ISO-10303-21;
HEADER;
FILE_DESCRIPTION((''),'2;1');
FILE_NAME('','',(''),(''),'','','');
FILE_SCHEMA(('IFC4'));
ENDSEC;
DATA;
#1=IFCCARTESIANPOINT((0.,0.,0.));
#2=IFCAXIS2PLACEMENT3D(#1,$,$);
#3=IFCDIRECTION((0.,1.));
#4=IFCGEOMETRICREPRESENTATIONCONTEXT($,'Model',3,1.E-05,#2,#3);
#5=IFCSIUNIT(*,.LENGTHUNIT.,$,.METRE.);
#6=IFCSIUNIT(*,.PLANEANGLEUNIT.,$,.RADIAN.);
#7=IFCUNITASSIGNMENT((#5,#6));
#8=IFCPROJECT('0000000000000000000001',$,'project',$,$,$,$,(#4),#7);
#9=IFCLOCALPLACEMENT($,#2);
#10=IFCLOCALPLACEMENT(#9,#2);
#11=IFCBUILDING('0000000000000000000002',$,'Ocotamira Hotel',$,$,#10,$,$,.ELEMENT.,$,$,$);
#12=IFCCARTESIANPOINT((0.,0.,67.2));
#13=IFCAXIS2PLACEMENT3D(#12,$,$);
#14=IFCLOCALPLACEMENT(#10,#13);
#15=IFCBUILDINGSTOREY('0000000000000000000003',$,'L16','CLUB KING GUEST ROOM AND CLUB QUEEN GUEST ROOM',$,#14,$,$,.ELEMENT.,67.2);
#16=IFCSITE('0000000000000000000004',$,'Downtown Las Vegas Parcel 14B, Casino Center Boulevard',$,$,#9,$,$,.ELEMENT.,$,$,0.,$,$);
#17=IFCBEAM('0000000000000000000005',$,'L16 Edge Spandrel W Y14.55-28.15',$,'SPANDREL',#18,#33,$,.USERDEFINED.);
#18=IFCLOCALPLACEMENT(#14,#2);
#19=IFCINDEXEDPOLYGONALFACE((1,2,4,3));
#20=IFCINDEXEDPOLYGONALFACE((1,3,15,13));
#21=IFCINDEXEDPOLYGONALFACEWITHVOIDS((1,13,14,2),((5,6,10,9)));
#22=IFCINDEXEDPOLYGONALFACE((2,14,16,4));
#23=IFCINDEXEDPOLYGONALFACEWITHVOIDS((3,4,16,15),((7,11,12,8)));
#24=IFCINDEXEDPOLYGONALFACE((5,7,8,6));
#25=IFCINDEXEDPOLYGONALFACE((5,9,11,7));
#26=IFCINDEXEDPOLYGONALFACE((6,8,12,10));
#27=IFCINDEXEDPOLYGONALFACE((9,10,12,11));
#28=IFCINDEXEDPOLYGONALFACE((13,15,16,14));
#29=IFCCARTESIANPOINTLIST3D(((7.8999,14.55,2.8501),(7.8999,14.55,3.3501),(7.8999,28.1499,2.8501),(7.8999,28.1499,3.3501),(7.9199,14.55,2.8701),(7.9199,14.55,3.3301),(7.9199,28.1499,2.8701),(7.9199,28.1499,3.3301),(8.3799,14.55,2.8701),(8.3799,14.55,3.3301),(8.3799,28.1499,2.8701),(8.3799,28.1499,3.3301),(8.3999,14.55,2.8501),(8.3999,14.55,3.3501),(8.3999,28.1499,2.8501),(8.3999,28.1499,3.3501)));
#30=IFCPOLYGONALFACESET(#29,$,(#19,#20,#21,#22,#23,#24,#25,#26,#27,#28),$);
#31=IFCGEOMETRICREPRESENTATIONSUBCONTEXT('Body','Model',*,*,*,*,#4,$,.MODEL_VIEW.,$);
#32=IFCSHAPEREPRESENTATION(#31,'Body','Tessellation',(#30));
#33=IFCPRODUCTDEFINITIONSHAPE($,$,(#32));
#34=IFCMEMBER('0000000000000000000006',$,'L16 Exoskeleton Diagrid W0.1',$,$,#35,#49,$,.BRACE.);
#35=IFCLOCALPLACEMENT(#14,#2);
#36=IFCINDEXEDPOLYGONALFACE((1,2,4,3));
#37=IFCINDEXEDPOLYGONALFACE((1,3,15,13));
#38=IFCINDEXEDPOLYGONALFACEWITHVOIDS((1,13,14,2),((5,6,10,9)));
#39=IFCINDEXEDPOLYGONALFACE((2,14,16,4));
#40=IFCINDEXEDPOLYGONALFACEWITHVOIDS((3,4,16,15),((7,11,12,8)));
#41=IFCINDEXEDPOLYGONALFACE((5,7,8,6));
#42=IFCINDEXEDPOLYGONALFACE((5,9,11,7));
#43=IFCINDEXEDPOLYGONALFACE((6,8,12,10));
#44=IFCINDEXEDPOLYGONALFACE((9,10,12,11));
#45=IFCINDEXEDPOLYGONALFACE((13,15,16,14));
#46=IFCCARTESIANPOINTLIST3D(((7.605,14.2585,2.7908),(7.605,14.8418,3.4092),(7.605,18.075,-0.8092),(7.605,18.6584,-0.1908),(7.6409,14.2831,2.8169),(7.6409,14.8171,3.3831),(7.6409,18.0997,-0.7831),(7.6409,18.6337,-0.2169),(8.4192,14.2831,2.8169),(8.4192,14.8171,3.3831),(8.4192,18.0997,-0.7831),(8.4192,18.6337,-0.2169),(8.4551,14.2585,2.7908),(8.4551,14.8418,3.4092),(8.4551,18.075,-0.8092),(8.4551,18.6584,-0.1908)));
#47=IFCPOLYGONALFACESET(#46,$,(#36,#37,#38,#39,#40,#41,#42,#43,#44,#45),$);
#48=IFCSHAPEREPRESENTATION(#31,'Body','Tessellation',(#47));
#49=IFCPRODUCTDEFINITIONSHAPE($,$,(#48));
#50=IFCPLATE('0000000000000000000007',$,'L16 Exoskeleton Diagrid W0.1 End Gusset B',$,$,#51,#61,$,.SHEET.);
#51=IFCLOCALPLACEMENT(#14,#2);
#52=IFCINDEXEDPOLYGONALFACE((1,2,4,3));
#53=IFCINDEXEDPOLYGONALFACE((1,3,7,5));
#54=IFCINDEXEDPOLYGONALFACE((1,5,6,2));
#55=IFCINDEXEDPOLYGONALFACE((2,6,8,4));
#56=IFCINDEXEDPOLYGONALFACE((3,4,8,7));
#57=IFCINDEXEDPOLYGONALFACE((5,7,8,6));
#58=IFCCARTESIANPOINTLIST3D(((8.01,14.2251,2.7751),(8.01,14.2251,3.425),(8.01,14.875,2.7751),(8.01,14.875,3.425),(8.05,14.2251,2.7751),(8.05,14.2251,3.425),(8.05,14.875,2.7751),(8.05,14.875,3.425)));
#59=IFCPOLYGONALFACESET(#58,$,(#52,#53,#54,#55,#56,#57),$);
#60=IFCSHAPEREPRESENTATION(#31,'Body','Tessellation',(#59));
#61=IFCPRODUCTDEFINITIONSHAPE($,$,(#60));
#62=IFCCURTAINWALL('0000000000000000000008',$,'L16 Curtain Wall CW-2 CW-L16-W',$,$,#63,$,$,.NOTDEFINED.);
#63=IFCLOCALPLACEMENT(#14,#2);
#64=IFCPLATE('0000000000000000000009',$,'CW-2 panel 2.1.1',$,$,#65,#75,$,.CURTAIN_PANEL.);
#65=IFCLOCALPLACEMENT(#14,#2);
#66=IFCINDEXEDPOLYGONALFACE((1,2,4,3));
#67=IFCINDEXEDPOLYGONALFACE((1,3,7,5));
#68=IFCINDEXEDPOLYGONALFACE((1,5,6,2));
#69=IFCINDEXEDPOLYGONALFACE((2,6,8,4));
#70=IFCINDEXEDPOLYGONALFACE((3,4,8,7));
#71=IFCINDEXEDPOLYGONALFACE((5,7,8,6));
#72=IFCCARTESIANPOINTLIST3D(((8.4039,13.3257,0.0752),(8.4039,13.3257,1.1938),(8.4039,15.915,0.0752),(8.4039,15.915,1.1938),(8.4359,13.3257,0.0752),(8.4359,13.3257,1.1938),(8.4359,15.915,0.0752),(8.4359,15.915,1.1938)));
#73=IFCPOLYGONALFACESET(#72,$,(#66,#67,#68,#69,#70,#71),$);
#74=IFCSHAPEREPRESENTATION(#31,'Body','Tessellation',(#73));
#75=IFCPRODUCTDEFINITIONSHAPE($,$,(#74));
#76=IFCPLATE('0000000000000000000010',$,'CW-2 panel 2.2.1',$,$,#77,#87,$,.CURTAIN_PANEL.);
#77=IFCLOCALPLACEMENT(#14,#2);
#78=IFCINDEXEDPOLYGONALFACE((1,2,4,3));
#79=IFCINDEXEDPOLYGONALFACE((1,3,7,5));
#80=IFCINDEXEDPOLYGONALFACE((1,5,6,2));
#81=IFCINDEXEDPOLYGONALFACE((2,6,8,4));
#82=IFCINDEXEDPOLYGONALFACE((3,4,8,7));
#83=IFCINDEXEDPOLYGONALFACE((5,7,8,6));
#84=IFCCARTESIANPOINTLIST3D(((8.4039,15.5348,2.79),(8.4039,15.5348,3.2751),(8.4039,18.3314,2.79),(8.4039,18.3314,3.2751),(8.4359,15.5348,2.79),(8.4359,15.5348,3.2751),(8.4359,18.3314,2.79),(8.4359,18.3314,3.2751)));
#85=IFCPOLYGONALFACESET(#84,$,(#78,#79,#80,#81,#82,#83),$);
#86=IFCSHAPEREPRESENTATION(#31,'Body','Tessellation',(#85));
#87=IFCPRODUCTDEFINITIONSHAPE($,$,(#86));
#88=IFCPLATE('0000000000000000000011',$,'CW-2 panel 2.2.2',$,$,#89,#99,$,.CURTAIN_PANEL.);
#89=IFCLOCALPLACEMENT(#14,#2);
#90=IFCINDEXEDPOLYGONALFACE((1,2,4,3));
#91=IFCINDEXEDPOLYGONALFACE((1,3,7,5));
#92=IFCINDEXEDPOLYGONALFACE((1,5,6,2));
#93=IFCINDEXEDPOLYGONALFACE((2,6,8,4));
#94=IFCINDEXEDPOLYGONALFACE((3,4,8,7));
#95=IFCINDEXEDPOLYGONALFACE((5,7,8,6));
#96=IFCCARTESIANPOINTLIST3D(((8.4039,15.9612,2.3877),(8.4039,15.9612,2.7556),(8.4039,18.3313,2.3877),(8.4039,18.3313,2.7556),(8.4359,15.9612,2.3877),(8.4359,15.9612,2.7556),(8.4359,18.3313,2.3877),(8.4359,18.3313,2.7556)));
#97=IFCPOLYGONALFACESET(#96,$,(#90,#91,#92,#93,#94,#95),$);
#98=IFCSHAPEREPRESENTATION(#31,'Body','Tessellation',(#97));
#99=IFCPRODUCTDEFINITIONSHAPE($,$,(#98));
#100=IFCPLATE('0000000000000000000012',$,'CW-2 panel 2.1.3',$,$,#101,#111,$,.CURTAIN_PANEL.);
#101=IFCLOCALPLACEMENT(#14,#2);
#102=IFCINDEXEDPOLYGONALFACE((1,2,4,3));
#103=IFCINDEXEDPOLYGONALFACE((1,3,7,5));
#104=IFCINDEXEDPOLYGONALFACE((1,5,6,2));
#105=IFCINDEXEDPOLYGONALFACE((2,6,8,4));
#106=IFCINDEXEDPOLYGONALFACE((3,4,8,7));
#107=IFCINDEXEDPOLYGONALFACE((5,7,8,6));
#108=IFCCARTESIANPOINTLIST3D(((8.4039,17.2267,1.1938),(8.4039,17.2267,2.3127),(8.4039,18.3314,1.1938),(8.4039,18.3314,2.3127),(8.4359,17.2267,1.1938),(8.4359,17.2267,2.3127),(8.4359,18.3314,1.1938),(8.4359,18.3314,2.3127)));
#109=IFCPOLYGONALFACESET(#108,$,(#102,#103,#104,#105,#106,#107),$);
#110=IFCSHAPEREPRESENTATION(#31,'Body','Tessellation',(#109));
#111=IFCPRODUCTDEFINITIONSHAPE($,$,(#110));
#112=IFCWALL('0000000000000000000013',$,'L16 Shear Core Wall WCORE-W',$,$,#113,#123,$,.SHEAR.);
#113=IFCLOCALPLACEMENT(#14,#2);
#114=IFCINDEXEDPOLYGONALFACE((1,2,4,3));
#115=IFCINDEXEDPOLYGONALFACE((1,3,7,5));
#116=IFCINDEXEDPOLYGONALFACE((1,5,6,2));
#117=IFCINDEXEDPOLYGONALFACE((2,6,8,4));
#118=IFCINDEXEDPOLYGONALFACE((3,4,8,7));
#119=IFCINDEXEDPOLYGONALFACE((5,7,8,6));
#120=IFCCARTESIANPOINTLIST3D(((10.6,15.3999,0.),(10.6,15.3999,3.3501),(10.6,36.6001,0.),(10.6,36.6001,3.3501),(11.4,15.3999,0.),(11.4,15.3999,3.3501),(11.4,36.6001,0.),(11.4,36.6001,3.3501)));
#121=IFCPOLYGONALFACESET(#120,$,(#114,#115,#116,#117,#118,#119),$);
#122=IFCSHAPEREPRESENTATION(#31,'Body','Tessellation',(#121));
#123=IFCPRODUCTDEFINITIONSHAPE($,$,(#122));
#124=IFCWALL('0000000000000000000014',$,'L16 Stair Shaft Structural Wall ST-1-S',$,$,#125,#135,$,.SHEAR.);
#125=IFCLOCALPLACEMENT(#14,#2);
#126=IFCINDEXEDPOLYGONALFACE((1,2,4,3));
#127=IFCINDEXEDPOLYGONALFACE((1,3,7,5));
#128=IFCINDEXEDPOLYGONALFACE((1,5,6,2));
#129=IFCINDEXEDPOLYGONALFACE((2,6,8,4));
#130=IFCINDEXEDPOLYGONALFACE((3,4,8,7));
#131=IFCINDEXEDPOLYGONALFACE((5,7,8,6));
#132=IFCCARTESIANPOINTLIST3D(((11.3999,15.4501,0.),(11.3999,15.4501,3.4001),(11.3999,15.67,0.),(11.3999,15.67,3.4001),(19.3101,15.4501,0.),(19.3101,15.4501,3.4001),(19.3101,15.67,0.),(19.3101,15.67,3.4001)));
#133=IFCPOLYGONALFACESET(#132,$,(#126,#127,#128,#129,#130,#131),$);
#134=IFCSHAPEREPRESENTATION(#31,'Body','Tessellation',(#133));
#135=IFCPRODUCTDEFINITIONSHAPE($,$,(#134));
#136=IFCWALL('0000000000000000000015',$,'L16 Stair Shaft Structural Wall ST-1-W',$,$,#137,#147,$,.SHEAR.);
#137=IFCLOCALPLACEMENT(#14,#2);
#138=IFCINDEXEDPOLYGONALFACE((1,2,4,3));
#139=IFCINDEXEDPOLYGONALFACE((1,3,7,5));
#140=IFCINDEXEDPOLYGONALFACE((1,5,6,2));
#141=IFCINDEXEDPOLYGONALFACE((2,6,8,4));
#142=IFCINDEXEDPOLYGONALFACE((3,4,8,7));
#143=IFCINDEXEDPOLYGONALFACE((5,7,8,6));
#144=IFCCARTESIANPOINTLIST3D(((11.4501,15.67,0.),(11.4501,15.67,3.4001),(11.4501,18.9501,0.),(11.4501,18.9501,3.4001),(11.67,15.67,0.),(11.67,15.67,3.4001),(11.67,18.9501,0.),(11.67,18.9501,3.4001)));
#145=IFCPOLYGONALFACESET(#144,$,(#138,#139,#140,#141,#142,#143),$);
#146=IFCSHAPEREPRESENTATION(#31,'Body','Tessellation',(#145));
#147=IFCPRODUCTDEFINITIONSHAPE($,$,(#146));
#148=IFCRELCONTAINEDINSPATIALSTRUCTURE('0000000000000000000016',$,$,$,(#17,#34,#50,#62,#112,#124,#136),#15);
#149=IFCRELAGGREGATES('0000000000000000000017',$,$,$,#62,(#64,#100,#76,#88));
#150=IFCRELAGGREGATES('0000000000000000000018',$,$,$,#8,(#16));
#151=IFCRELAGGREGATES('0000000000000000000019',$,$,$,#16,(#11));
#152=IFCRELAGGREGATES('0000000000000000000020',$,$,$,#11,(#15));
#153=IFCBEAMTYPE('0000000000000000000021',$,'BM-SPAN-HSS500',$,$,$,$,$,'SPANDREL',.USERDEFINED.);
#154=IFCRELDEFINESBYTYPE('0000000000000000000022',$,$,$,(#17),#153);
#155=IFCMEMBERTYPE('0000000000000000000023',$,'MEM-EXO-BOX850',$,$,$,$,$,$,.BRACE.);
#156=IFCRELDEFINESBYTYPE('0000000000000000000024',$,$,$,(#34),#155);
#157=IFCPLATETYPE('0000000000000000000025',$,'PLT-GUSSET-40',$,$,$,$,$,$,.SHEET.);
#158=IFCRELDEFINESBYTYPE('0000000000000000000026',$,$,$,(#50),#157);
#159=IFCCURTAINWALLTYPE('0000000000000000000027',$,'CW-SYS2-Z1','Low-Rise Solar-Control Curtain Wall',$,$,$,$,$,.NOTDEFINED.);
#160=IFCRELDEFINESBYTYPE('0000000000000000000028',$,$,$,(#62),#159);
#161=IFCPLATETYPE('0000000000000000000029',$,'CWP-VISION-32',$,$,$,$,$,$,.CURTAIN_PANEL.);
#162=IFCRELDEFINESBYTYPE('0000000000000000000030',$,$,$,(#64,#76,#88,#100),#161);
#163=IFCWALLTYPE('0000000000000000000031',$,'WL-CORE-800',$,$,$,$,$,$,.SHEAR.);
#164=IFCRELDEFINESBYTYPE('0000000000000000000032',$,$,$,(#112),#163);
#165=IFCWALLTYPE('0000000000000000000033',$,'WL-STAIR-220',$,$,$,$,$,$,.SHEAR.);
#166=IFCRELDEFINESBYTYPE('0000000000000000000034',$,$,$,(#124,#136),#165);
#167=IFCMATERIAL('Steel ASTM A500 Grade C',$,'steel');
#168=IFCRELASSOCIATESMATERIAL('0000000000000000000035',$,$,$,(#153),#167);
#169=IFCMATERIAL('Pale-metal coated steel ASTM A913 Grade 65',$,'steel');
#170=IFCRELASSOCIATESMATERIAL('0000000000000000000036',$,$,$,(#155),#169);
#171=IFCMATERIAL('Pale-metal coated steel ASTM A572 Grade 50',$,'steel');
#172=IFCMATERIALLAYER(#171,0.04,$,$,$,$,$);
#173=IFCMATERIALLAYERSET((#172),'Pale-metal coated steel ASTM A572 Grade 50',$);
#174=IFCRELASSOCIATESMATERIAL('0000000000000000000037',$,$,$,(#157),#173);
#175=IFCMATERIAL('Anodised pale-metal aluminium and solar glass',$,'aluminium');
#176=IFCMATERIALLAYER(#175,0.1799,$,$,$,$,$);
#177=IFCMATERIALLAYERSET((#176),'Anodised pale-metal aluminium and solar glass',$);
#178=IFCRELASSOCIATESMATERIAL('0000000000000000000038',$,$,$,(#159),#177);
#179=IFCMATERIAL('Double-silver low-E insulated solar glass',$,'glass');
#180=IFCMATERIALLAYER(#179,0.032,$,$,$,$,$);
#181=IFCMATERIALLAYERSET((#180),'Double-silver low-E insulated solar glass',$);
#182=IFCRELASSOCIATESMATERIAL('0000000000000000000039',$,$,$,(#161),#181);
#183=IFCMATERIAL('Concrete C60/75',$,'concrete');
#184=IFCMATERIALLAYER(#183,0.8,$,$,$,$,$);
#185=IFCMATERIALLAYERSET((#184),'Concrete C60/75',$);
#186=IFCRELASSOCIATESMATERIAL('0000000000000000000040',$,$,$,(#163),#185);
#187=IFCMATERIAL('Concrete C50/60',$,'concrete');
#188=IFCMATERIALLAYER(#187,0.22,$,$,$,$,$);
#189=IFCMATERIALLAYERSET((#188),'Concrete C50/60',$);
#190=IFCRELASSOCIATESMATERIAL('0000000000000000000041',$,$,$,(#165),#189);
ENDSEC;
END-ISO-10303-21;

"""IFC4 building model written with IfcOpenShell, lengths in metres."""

from ifc_helpers import new_model, si_unit, direction, frame, frame_2d, origin, origin_2d, place, context, subcontext, project, spatial, rectangle, hollow_rectangle, extrude, source, transform, mapped, material, layer, layer_set, material_profile, profile_set, type_object, element, aggregate, save


model = new_model("IFC4")

# Units and contexts
model_context = context("Model", 3, precision=1e-05, world=origin(), true_north=direction((0.0, 1.0)))
body_context = subcontext(model_context, "Body", "Model", "MODEL_VIEW")
ifc_project = project(units=[si_unit("LENGTHUNIT", "METRE"), si_unit("PLANEANGLEUNIT", "RADIAN")], contexts=[model_context])

# Site, building, storey
site_placement = place(None, origin())
site = spatial("IfcSite", under=ifc_project, at=site_placement, Name="Downtown Las Vegas Parcel 14B, Casino Center Boulevard", CompositionType="ELEMENT", RefElevation=0.0)
building_placement = place(site_placement, origin())
building = spatial("IfcBuilding", under=site, at=building_placement, Name="Ocotamira Hotel", CompositionType="ELEMENT")
storey_placement = place(building_placement, frame((0.0, 0.0, 67.2)))
storey = spatial("IfcBuildingStorey", under=building, at=storey_placement, Name="L16", Description="CLUB KING GUEST ROOM AND CLUB QUEEN GUEST ROOM", CompositionType="ELEMENT", Elevation=67.2)

# Beam
ifc_material_1 = material(Name="Steel ASTM A500 Grade C", Category="steel")
ifc_material_profile_1 = material_profile(ifc_material_1, hollow_rectangle(XDim=0.5, YDim=0.5, WallThickness=0.02, at=origin_2d()), Name="HSS500X500X20")
ifc_profile_set_1 = profile_set([ifc_material_profile_1], Name="Steel ASTM A500 Grade C")
beam_type_1 = type_object("IfcBeamType", Name="BM-SPAN-HSS500", ElementType="SPANDREL", PredefinedType="USERDEFINED", material=ifc_profile_set_1)
shared_shape_1 = source(origin(), body_context, "Body", "SweptSolid", [
    extrude(hollow_rectangle(XDim=0.5, YDim=0.5, WallThickness=0.02, at=origin_2d()), origin(), (0.0, 0.0, 1.0), 13.5999),
])
beam_1_placement = place(storey_placement, frame((8.1499, 14.55, 3.1001), z_axis=(0.0, 1.0, 0.0), x_axis=(-1.0, 0.0, 0.0)))
element("IfcBeam", 1, at=beam_1_placement, inside=storey, type_object=beam_type_1, Name="L16 Edge Spandrel W Y14.55-28.15", ObjectType="SPANDREL", PredefinedType="USERDEFINED", context=body_context, shape_type="MappedRepresentation", body=[
    mapped(shared_shape_1, transform((0.0, 0.0, 0.0), scale=1.0)),
])

# Member
ifc_material_2 = material(Name="Pale-metal coated steel ASTM A913 Grade 65", Category="steel")
ifc_material_profile_2 = material_profile(ifc_material_2, hollow_rectangle(XDim=0.8501, YDim=0.8501, WallThickness=0.0359, at=origin_2d()), Name="BOX850X850X36")
ifc_profile_set_2 = profile_set([ifc_material_profile_2], Name="Pale-metal coated steel ASTM A913 Grade 65")
member_type = type_object("IfcMemberType", Name="MEM-EXO-BOX850", PredefinedType="BRACE", material=ifc_profile_set_2)
shared_shape_2 = source(origin(), body_context, "Body", "SweptSolid", [
    extrude(hollow_rectangle(XDim=0.8501, YDim=0.8501, WallThickness=0.0359, at=origin_2d()), origin(), (0.0, 0.0, 1.0), 5.2466),
])
member_placement = place(storey_placement, frame((8.03, 18.3667, -0.5), z_axis=(0.0, -0.727443, 0.686168), x_axis=(1.0, 0.0, 0.0)))
element("IfcMember", 2, at=member_placement, inside=storey, type_object=member_type, Name="L16 Exoskeleton Diagrid W0.1", PredefinedType="BRACE", context=body_context, shape_type="MappedRepresentation", body=[
    mapped(shared_shape_2, transform((0.0, 0.0, 0.0), scale=1.0)),
])

# Plate
ifc_material_3 = material(Name="Pale-metal coated steel ASTM A572 Grade 50", Category="steel")
ifc_layer_1 = layer(ifc_material_3, 0.04)
ifc_layer_set_1 = layer_set([ifc_layer_1], Name="Pale-metal coated steel ASTM A572 Grade 50")
plate_type_1 = type_object("IfcPlateType", Name="PLT-GUSSET-40", PredefinedType="SHEET", material=ifc_layer_set_1)
shared_shape_3 = source(origin(), body_context, "Body", "SweptSolid", [
    extrude(rectangle(XDim=0.04, YDim=0.6499, at=origin_2d()), origin(), (0.0, 0.0, 1.0), 0.6499),
])
plate_1_placement = place(storey_placement, frame((8.03, 14.55, 2.7751), z_axis=(0.0, 0.0, 1.0), x_axis=(1.0, 0.0, 0.0)))
element("IfcPlate", 3, at=plate_1_placement, inside=storey, type_object=plate_type_1, Name="L16 Exoskeleton Diagrid W0.1 End Gusset B", PredefinedType="SHEET", context=body_context, shape_type="MappedRepresentation", body=[
    mapped(shared_shape_3, transform((0.0, 0.0, 0.0), scale=1.0)),
])

# Curtain wall, plates
ifc_material_4 = material(Name="Anodised pale-metal aluminium and solar glass", Category="aluminium")
ifc_layer_2 = layer(ifc_material_4, 0.1799)
ifc_layer_set_2 = layer_set([ifc_layer_2], Name="Anodised pale-metal aluminium and solar glass")
curtain_wall_type = type_object("IfcCurtainWallType", Name="CW-SYS2-Z1", Description="Low-Rise Solar-Control Curtain Wall", PredefinedType="NOTDEFINED", material=ifc_layer_set_2)
curtain_wall_placement = place(storey_placement, origin())
curtain_wall = element("IfcCurtainWall", 4, at=curtain_wall_placement, inside=storey, type_object=curtain_wall_type, Name="L16 Curtain Wall CW-2 CW-L16-W", PredefinedType="NOTDEFINED")
ifc_material_5 = material(Name="Double-silver low-E insulated solar glass", Category="glass")
ifc_layer_3 = layer(ifc_material_5, 0.032)
ifc_layer_set_3 = layer_set([ifc_layer_3], Name="Double-silver low-E insulated solar glass")
plate_type_2 = type_object("IfcPlateType", Name="CWP-VISION-32", PredefinedType="CURTAIN_PANEL", material=ifc_layer_set_3)
shared_shape_4 = source(origin(), body_context, "Body", "SweptSolid", [
    extrude(rectangle(XDim=2.5894, YDim=0.032, at=origin_2d()), origin(), (0.0, 0.0, 1.0), 1.1187),
])
plate_2_placement = place(storey_placement, frame((8.4199, 14.6204, 0.0752), z_axis=(0.0, 0.0, 1.0), x_axis=(0.0, 1.0, 0.0)))
plate_2 = element("IfcPlate", 5, at=plate_2_placement, type_object=plate_type_2, Name="CW-2 panel 2.1.1", PredefinedType="CURTAIN_PANEL", context=body_context, shape_type="MappedRepresentation", body=[
    mapped(shared_shape_4, transform((0.0, 0.0, 0.0), scale=1.0)),
])
shared_shape_5 = source(origin(), body_context, "Body", "SweptSolid", [
    extrude(rectangle(XDim=2.7966, YDim=0.032, at=origin_2d()), origin(), (0.0, 0.0, 1.0), 0.4851),
])
plate_3_placement = place(storey_placement, frame((8.4199, 16.9331, 2.79), z_axis=(0.0, 0.0, 1.0), x_axis=(0.0, 1.0, 0.0)))
plate_3 = element("IfcPlate", 6, at=plate_3_placement, type_object=plate_type_2, Name="CW-2 panel 2.2.1", PredefinedType="CURTAIN_PANEL", context=body_context, shape_type="MappedRepresentation", body=[
    mapped(shared_shape_5, transform((0.0, 0.0, 0.0), scale=1.0)),
])
shared_shape_6 = source(origin(), body_context, "Body", "SweptSolid", [
    extrude(rectangle(XDim=2.3701, YDim=0.032, at=origin_2d()), origin(), (0.0, 0.0, 1.0), 0.3679),
])
plate_4_placement = place(storey_placement, frame((8.4199, 17.1462, 2.3877), z_axis=(0.0, 0.0, 1.0), x_axis=(0.0, 1.0, 0.0)))
plate_4 = element("IfcPlate", 7, at=plate_4_placement, type_object=plate_type_2, Name="CW-2 panel 2.2.2", PredefinedType="CURTAIN_PANEL", context=body_context, shape_type="MappedRepresentation", body=[
    mapped(shared_shape_6, transform((0.0, 0.0, 0.0), scale=1.0)),
])
shared_shape_7 = source(origin(), body_context, "Body", "SweptSolid", [
    extrude(rectangle(XDim=1.1047, YDim=0.032, at=origin_2d()), origin(), (0.0, 0.0, 1.0), 1.1189),
])
plate_5_placement = place(storey_placement, frame((8.4199, 17.7791, 1.1938), z_axis=(0.0, 0.0, 1.0), x_axis=(0.0, 1.0, 0.0)))
plate_5 = element("IfcPlate", 8, at=plate_5_placement, type_object=plate_type_2, Name="CW-2 panel 2.1.3", PredefinedType="CURTAIN_PANEL", context=body_context, shape_type="MappedRepresentation", body=[
    mapped(shared_shape_7, transform((0.0, 0.0, 0.0), scale=1.0)),
])
aggregate(curtain_wall, [plate_2, plate_5, plate_3, plate_4])

# Shared definitions
ifc_material_6 = material(Name="Concrete C60/75", Category="concrete")
ifc_layer_4 = layer(ifc_material_6, 0.8)
ifc_layer_set_4 = layer_set([ifc_layer_4], Name="Concrete C60/75")
wall_type_1 = type_object("IfcWallType", Name="WL-CORE-800", PredefinedType="SHEAR", material=ifc_layer_set_4)

# Walls
wall_1_placement = place(storey_placement, frame((11.0, 15.3999, 0.0), z_axis=(0.0, 0.0, 1.0), x_axis=(0.0, 1.0, 0.0)))
element("IfcWall", 9, at=wall_1_placement, inside=storey, type_object=wall_type_1, Name="L16 Shear Core Wall WCORE-W", PredefinedType="SHEAR", context=body_context, shape_type="SweptSolid", body=[
    extrude(rectangle(XDim=21.2002, YDim=0.8, at=frame_2d((10.6001, 0.0))), origin(), (0.0, 0.0, 1.0), 3.3501),
])
ifc_material_7 = material(Name="Concrete C50/60", Category="concrete")
ifc_layer_5 = layer(ifc_material_7, 0.22)
ifc_layer_set_5 = layer_set([ifc_layer_5], Name="Concrete C50/60")
wall_type_2 = type_object("IfcWallType", Name="WL-STAIR-220", PredefinedType="SHEAR", material=ifc_layer_set_5)
wall_2_placement = place(storey_placement, frame((11.3999, 15.5601, 0.0), z_axis=(0.0, 0.0, 1.0), x_axis=(1.0, 0.0, 0.0)))
element("IfcWall", 10, at=wall_2_placement, inside=storey, type_object=wall_type_2, Name="L16 Stair Shaft Structural Wall ST-1-S", PredefinedType="SHEAR", context=body_context, shape_type="SweptSolid", body=[
    extrude(rectangle(XDim=7.9102, YDim=0.22, at=frame_2d((3.9551, 0.0))), origin(), (0.0, 0.0, 1.0), 3.4001),
])
wall_3_placement = place(storey_placement, frame((11.5601, 15.6699, 0.0), z_axis=(0.0, 0.0, 1.0), x_axis=(0.0, 1.0, 0.0)))
element("IfcWall", 11, at=wall_3_placement, inside=storey, type_object=wall_type_2, Name="L16 Stair Shaft Structural Wall ST-1-W", PredefinedType="SHEAR", context=body_context, shape_type="SweptSolid", body=[
    extrude(rectangle(XDim=3.28, YDim=0.22, at=frame_2d((1.6401, 0.0))), origin(), (0.0, 0.0, 1.0), 3.4001),
])

save(model, "model.ifc")
